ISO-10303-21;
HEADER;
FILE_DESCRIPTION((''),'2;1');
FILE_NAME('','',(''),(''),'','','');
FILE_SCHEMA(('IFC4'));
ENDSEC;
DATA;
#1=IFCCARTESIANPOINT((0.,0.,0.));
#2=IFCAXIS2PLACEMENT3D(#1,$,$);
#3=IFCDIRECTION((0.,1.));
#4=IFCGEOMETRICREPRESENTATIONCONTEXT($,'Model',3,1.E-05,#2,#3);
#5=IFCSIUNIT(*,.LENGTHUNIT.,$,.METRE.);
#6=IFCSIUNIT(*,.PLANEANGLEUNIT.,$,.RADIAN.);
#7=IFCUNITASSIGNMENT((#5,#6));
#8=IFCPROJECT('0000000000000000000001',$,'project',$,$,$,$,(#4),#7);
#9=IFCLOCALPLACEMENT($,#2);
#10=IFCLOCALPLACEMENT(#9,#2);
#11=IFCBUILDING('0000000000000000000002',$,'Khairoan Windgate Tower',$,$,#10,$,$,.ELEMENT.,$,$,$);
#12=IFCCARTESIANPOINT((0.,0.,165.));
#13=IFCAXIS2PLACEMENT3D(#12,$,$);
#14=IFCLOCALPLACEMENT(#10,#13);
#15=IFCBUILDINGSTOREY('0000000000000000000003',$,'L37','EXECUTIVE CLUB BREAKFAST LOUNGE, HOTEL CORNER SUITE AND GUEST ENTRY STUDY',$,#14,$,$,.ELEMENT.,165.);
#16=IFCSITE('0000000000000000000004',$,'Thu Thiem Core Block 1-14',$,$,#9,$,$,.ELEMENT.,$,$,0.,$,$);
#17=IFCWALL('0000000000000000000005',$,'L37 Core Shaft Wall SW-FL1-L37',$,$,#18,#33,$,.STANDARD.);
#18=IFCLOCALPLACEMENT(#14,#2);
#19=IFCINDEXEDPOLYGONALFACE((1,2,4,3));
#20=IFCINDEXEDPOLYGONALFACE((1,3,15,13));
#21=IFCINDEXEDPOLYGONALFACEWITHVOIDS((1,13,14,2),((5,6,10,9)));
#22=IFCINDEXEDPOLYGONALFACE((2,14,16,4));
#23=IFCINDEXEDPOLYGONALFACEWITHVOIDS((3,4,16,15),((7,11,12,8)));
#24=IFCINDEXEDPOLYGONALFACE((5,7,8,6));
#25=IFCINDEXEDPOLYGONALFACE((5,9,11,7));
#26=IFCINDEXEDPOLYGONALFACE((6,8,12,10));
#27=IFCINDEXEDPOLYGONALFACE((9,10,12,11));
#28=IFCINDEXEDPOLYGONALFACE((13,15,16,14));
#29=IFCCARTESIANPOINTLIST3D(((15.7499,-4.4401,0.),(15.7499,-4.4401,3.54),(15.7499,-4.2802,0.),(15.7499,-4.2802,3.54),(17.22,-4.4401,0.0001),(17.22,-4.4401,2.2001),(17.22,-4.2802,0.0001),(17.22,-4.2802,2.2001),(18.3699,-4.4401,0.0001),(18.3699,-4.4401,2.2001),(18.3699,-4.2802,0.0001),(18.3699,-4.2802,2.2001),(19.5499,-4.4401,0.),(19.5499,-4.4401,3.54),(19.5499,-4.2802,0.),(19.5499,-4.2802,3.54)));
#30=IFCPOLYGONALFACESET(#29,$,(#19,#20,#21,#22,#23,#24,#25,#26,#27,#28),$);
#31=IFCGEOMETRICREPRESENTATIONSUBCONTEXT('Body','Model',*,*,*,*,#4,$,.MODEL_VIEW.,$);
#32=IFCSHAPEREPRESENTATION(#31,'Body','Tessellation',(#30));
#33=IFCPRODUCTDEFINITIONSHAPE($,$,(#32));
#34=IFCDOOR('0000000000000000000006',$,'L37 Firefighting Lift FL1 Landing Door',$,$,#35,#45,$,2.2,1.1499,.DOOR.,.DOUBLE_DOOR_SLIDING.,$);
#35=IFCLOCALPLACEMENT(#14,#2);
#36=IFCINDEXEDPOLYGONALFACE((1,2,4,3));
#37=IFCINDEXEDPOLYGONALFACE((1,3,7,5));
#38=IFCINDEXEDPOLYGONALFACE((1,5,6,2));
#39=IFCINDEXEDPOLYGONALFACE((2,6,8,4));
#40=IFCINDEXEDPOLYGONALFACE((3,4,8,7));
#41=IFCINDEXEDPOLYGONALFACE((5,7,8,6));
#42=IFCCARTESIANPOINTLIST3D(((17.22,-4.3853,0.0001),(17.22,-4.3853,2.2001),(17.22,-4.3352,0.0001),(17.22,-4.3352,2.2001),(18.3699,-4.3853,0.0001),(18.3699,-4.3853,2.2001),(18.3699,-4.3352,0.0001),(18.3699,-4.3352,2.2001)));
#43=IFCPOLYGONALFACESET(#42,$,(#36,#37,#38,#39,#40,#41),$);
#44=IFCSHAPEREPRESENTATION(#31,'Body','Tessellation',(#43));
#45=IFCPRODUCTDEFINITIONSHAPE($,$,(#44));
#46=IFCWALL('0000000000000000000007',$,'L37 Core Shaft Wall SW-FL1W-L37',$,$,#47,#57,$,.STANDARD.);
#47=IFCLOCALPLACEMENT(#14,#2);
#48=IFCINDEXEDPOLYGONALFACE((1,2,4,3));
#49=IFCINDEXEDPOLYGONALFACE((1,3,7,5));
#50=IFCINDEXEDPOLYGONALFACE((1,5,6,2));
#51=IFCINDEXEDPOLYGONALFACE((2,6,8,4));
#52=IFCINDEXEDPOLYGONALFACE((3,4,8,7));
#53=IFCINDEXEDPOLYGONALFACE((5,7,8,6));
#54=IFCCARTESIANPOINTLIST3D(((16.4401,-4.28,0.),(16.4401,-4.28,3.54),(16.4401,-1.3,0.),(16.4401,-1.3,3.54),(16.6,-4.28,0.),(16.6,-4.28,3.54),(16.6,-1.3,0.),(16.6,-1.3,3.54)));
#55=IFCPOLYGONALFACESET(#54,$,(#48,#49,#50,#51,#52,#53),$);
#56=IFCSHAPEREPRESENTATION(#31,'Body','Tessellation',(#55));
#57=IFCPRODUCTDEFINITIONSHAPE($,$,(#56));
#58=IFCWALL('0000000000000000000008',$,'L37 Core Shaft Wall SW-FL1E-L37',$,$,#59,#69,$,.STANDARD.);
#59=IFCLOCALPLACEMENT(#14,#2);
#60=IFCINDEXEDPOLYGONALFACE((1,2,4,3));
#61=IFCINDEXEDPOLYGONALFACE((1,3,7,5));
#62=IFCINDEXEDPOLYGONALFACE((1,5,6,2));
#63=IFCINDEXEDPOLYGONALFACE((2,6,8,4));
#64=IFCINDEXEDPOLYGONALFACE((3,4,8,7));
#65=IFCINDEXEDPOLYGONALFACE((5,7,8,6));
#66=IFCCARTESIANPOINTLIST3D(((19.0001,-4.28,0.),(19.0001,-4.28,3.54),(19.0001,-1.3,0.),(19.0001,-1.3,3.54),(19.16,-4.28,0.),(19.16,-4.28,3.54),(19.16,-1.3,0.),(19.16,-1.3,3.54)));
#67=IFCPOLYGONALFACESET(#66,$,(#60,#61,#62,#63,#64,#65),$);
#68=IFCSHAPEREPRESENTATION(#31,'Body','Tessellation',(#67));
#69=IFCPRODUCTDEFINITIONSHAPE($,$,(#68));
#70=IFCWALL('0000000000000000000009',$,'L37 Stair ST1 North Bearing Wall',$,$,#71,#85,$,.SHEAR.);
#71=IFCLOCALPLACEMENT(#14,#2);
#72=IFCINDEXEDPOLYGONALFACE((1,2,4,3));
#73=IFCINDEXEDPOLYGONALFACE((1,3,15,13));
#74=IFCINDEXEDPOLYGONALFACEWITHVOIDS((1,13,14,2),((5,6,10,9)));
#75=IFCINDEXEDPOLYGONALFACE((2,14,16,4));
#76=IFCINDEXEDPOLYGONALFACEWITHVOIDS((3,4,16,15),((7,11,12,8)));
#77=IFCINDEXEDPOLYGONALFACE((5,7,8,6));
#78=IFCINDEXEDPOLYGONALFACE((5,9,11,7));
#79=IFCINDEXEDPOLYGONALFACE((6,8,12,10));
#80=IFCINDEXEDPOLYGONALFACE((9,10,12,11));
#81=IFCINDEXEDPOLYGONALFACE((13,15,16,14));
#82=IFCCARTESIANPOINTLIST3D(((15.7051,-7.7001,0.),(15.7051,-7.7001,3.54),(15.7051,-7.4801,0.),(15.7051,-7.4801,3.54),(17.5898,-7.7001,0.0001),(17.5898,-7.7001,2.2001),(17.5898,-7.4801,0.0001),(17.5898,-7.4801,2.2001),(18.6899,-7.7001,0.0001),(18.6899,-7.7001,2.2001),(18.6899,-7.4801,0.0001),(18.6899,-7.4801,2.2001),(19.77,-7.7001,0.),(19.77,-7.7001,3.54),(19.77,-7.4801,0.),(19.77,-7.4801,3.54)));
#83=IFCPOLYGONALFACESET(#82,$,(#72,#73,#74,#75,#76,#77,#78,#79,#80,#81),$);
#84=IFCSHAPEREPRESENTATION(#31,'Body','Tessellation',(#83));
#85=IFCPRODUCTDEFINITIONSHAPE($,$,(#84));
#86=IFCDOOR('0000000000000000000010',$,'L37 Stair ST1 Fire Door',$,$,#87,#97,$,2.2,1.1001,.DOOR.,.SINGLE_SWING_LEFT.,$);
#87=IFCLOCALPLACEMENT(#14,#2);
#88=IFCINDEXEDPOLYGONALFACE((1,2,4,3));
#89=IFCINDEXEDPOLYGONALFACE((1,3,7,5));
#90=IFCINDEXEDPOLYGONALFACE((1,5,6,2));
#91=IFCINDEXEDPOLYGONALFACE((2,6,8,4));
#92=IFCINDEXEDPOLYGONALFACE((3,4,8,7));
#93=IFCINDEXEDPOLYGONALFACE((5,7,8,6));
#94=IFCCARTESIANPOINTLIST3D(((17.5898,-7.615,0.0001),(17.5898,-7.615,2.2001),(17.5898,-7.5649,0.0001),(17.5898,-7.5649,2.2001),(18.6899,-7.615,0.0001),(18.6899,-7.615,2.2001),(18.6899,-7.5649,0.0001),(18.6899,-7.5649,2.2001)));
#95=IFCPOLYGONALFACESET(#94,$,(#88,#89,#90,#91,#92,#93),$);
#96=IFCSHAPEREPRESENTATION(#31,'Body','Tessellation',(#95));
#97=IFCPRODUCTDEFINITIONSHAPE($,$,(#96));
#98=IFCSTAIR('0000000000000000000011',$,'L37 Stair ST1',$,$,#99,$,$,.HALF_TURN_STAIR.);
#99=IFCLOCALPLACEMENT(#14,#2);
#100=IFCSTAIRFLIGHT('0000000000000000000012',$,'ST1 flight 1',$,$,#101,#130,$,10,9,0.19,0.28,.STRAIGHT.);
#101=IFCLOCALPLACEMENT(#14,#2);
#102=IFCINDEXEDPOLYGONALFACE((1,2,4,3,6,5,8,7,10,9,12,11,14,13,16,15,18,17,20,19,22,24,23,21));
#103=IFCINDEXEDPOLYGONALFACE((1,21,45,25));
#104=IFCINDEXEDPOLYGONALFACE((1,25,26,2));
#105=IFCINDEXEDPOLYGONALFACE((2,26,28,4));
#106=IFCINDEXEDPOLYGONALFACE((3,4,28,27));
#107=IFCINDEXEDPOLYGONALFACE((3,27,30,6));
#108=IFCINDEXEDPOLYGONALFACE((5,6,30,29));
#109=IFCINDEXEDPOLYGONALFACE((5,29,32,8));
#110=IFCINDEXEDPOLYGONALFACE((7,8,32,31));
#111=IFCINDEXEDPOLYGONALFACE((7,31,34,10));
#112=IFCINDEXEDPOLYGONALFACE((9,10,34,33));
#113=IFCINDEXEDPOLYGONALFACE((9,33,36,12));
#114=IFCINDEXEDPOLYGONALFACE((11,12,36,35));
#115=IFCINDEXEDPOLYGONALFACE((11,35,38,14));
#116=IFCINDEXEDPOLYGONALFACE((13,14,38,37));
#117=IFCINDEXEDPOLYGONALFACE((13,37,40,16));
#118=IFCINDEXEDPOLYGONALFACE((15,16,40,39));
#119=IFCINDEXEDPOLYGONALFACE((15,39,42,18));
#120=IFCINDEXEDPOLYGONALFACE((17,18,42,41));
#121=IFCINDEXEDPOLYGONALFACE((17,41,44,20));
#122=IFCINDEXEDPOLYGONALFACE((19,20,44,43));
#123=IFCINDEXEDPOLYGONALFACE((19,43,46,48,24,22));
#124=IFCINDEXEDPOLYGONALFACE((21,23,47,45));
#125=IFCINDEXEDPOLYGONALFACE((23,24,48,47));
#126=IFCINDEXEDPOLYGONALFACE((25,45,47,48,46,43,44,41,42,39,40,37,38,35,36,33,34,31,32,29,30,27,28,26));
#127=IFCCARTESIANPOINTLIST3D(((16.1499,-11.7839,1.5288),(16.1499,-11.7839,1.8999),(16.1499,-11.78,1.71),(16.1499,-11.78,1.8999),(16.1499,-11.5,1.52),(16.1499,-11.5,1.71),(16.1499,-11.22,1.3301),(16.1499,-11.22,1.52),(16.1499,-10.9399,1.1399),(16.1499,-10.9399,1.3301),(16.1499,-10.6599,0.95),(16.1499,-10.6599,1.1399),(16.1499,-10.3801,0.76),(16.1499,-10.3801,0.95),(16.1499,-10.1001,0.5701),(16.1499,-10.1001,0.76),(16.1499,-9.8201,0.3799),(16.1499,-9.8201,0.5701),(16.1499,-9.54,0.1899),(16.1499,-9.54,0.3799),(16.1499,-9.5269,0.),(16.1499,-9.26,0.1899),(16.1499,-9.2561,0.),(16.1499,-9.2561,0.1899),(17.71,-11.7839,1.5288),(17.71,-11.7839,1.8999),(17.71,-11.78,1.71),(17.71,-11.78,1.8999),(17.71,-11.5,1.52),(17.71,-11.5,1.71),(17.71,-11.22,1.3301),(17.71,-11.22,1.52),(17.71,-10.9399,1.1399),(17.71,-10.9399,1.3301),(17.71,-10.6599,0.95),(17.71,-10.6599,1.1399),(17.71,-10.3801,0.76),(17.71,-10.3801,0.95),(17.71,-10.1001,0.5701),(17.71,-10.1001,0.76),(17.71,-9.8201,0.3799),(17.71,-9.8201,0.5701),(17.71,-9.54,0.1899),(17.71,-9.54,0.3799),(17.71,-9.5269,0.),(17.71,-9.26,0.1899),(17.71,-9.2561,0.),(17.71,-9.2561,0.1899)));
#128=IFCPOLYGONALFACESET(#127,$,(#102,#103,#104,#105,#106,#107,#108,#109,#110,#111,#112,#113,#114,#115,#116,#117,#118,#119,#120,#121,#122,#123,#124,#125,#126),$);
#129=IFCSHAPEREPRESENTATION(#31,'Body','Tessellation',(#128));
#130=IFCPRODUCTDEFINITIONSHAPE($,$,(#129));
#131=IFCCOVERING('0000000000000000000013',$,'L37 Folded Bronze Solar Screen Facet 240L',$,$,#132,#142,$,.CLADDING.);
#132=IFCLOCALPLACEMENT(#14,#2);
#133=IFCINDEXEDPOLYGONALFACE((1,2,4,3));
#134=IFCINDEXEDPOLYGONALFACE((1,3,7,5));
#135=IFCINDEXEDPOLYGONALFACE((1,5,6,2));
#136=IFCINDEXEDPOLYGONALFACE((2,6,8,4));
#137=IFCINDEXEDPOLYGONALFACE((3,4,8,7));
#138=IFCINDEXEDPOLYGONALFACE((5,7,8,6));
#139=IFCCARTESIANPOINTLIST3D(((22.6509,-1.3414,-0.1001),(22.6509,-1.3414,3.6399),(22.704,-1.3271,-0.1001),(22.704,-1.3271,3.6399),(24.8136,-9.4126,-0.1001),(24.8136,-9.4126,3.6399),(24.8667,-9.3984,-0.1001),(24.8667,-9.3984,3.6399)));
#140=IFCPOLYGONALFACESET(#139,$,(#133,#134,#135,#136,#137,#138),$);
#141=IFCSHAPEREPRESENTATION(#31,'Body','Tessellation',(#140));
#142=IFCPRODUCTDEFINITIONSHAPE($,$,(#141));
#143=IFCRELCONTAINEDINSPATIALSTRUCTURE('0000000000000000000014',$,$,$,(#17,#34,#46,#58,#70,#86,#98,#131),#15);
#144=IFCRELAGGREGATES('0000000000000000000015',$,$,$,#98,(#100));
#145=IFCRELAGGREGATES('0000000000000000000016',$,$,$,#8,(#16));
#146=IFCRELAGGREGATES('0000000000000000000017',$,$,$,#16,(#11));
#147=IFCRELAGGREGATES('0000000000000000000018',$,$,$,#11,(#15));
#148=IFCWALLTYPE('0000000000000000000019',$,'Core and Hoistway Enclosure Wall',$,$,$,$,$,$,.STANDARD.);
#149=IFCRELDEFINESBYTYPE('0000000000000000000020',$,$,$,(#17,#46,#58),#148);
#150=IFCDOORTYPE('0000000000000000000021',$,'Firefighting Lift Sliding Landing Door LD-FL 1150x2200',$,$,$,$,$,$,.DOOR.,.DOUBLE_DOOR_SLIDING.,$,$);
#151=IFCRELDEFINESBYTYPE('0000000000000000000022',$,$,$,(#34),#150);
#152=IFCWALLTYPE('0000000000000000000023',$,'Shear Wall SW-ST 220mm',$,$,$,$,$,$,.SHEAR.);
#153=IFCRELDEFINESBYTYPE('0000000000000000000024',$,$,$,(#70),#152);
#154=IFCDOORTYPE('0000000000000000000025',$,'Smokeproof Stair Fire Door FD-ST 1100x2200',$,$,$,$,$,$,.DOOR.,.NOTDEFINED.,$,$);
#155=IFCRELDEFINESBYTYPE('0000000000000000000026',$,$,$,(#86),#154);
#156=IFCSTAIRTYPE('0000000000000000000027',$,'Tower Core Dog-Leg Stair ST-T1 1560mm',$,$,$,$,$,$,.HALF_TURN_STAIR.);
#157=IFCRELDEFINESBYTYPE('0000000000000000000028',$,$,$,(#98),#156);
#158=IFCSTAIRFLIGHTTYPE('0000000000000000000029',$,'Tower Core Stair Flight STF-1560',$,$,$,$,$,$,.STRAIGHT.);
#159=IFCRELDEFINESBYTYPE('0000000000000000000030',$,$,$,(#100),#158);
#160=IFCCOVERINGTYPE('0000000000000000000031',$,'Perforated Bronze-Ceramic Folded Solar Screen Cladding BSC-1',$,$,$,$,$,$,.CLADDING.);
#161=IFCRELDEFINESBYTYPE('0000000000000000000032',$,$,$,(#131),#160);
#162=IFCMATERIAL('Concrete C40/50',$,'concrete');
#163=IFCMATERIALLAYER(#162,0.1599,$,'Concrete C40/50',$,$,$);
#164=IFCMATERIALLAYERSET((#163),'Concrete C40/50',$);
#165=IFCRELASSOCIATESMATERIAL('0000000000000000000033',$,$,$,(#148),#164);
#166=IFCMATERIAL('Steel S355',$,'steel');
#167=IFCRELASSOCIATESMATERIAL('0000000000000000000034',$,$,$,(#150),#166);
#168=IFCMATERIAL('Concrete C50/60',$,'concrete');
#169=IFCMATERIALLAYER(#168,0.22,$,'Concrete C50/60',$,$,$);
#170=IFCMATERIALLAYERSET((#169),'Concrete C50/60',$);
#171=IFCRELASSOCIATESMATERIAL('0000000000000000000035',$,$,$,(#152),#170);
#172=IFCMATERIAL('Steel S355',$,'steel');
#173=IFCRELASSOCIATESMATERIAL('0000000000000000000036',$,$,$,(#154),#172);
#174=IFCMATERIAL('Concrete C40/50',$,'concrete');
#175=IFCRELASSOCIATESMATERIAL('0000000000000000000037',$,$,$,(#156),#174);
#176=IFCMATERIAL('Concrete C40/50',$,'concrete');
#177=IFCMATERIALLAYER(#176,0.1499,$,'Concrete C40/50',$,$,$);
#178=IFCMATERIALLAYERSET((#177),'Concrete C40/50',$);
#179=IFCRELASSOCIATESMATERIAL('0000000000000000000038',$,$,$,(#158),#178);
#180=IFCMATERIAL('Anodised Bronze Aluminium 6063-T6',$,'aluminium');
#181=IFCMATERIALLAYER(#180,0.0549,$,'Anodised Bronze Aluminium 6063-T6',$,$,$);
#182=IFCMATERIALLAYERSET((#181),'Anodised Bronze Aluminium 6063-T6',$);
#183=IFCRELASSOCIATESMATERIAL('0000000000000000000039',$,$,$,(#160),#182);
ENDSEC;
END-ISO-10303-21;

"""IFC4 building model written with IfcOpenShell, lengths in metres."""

from ifc_helpers import new_model, si_unit, direction, frame, frame_2d, origin, origin_2d, place, context, subcontext, project, spatial, polyline, rectangle, outline, extrude, material, layer, layer_set, type_object, element, fill, aggregate, save


model = new_model("IFC4")

# Units and contexts
model_context = context("Model", 3, precision=1e-05, world=origin(), true_north=direction((0.0, 1.0)))
body_context = subcontext(model_context, "Body", "Model", "MODEL_VIEW")
ifc_project = project(units=[si_unit("LENGTHUNIT", "METRE"), si_unit("PLANEANGLEUNIT", "RADIAN")], contexts=[model_context])

# Site, building, storey
site_placement = place(None, origin())
site = spatial("IfcSite", under=ifc_project, at=site_placement, Name="Thu Thiem Core Block 1-14", CompositionType="ELEMENT", RefElevation=0.0)
building_placement = place(site_placement, origin())
building = spatial("IfcBuilding", under=site, at=building_placement, Name="Khairoan Windgate Tower", CompositionType="ELEMENT")
storey_placement = place(building_placement, frame((0.0, 0.0, 165.0)))
storey = spatial("IfcBuildingStorey", under=building, at=storey_placement, Name="L37", Description="EXECUTIVE CLUB BREAKFAST LOUNGE, HOTEL CORNER SUITE AND GUEST ENTRY STUDY", CompositionType="ELEMENT", Elevation=165.0)

# Shared definitions
ifc_material_1 = material(Name="Concrete C40/50", Category="concrete")
ifc_layer_1 = layer(ifc_material_1, 0.1599, Name="Concrete C40/50")
ifc_layer_set_1 = layer_set([ifc_layer_1], Name="Concrete C40/50")
wall_type_1 = type_object("IfcWallType", Name="Core and Hoistway Enclosure Wall", PredefinedType="STANDARD", material=ifc_layer_set_1)

# Wall, opening, door
wall_1_placement = place(storey_placement, frame((15.75, -4.3601, 0.0), z_axis=(0.0, 0.0, 1.0), x_axis=(1.0, 0.0, 0.0)))
wall_1 = element("IfcWall", 1, at=wall_1_placement, inside=storey, type_object=wall_type_1, Name="L37 Core Shaft Wall SW-FL1-L37", PredefinedType="STANDARD", context=body_context, shape_type="SweptSolid", body=[
    extrude(rectangle(XDim=3.8, YDim=0.1599, at=frame_2d((1.8999, 0.0))), origin(), (0.0, 0.0, 1.0), 3.54),
])
opening_1_placement = place(wall_1_placement, frame((1.47, 0.0, 0.0)))
opening_1 = element("IfcOpeningElement", 2, at=opening_1_placement, cuts=wall_1, PredefinedType="OPENING", context=body_context, shape_type="SweptSolid", body=[
    extrude(rectangle(XDim=1.1499, YDim=2.2, at=frame_2d((0.575, 1.1001))), frame((0.0, 0.0898, 0.0), z_axis=(0.0, -1.0, 0.0), x_axis=(1.0, 0.0, 0.0)), (0.0, 0.0, 1.0), 0.1799),
])
ifc_material_2 = material(Name="Steel S355", Category="steel")
door_type_1 = type_object("IfcDoorType", Name="Firefighting Lift Sliding Landing Door LD-FL 1150x2200", OperationType="DOUBLE_DOOR_SLIDING", PredefinedType="DOOR", material=ifc_material_2)
door_1_placement = place(opening_1_placement, origin())
door_1 = element("IfcDoor", 3, at=door_1_placement, inside=storey, type_object=door_type_1, Name="L37 Firefighting Lift FL1 Landing Door", OperationType="DOUBLE_DOOR_SLIDING", OverallHeight=2.2, OverallWidth=1.1499, PredefinedType="DOOR", context=body_context, shape_type="SweptSolid", body=[
    extrude(rectangle(XDim=1.1499, YDim=2.2, at=frame_2d((0.575, 1.1001))), frame((0.0, 0.0249, 0.0), z_axis=(0.0, -1.0, 0.0), x_axis=(1.0, 0.0, 0.0)), (0.0, 0.0, 1.0), 0.05),
])
fill(opening_1, door_1)

# Walls
for number, where, z_axis, x_axis, name in (
    (4, (16.52, -4.28, 0.0), (0.0, 0.0, 1.0), (0.0, 1.0, 0.0), "L37 Core Shaft Wall SW-FL1W-L37"),
    (5, (19.0801, -4.28, 0.0), (0.0, 0.0, 1.0), (0.0, 1.0, 0.0), "L37 Core Shaft Wall SW-FL1E-L37"),
):
    element("IfcWall", number, at=place(storey_placement, frame(where, z_axis=z_axis, x_axis=x_axis)), inside=storey, type_object=wall_type_1, Name=name, PredefinedType="STANDARD", context=body_context, shape_type="SweptSolid", body=[
        extrude(rectangle(XDim=2.98, YDim=0.1599, at=frame_2d((1.49, 0.0))), origin(), (0.0, 0.0, 1.0), 3.54),
    ])

# Wall, opening, door
ifc_material_3 = material(Name="Concrete C50/60", Category="concrete")
ifc_layer_2 = layer(ifc_material_3, 0.22, Name="Concrete C50/60")
ifc_layer_set_2 = layer_set([ifc_layer_2], Name="Concrete C50/60")
wall_type_2 = type_object("IfcWallType", Name="Shear Wall SW-ST 220mm", PredefinedType="SHEAR", material=ifc_layer_set_2)
wall_2_placement = place(storey_placement, frame((19.77, -7.5901, 0.0), z_axis=(0.0, 0.0, 1.0), x_axis=(-1.0, 0.0, 0.0)))
wall_2 = element("IfcWall", 6, at=wall_2_placement, inside=storey, type_object=wall_type_2, Name="L37 Stair ST1 North Bearing Wall", PredefinedType="SHEAR", context=body_context, shape_type="SweptSolid", body=[
    extrude(rectangle(XDim=4.0649, YDim=0.22, at=frame_2d((2.0325, 0.0))), origin(), (0.0, 0.0, 1.0), 3.54),
])
opening_2_placement = place(wall_2_placement, frame((1.0801, 0.0, 0.0)))
opening_2 = element("IfcOpeningElement", 7, at=opening_2_placement, cuts=wall_2, PredefinedType="OPENING", context=body_context, shape_type="SweptSolid", body=[
    extrude(rectangle(XDim=1.1001, YDim=2.2, at=frame_2d((0.55, 1.1001))), frame((0.0, 0.1199, 0.0), z_axis=(0.0, -1.0, 0.0), x_axis=(1.0, 0.0, 0.0)), (0.0, 0.0, 1.0), 0.24),
])
ifc_material_4 = material(Name="Steel S355", Category="steel")
door_type_2 = type_object("IfcDoorType", Name="Smokeproof Stair Fire Door FD-ST 1100x2200", OperationType="NOTDEFINED", PredefinedType="DOOR", material=ifc_material_4)
door_2_placement = place(opening_2_placement, origin())
door_2 = element("IfcDoor", 8, at=door_2_placement, inside=storey, type_object=door_type_2, Name="L37 Stair ST1 Fire Door", OperationType="SINGLE_SWING_LEFT", OverallHeight=2.2, OverallWidth=1.1001, PredefinedType="DOOR", context=body_context, shape_type="SweptSolid", body=[
    extrude(rectangle(XDim=1.1001, YDim=2.2, at=frame_2d((0.55, 1.1001))), frame((0.0, 0.0249, 0.0), z_axis=(0.0, -1.0, 0.0), x_axis=(1.0, 0.0, 0.0)), (0.0, 0.0, 1.0), 0.05),
])
fill(opening_2, door_2)

# Stair, stair flight
ifc_material_5 = material(Name="Concrete C40/50", Category="concrete")
stair_type = type_object("IfcStairType", Name="Tower Core Dog-Leg Stair ST-T1 1560mm", PredefinedType="HALF_TURN_STAIR", material=ifc_material_5)
stair_placement = place(storey_placement, origin())
stair = element("IfcStair", 9, at=stair_placement, inside=storey, type_object=stair_type, Name="L37 Stair ST1", PredefinedType="HALF_TURN_STAIR")
ifc_material_6 = material(Name="Concrete C40/50", Category="concrete")
ifc_layer_3 = layer(ifc_material_6, 0.1499, Name="Concrete C40/50")
ifc_layer_set_3 = layer_set([ifc_layer_3], Name="Concrete C40/50")
stair_flight_type = type_object("IfcStairFlightType", Name="Tower Core Stair Flight STF-1560", PredefinedType="STRAIGHT", material=ifc_layer_set_3)
stair_flight_placement = place(storey_placement, frame((16.9299, -9.26, 0.0), z_axis=(0.0, 0.0, 1.0), x_axis=(0.0, -1.0, 0.0)))
stair_flight = element("IfcStairFlight", 10, at=stair_flight_placement, type_object=stair_flight_type, Name="ST1 flight 1", NumberOfRisers=10, NumberOfTreads=9, PredefinedType="STRAIGHT", RiserHeight=0.19, TreadLength=0.28, context=body_context, shape_type="SweptSolid", body=[
    extrude(outline(polyline([(-0.0039, 0.0), (-0.0039, 0.1899), (0.0, 0.1899), (0.28, 0.1899), (0.28, 0.3799), (0.5601, 0.3799), (0.5601, 0.5701), (0.8401, 0.5701), (0.8401, 0.76), (1.1201, 0.76), (1.1201, 0.95), (1.3999, 0.95), (1.3999, 1.1399), (1.6799, 1.1399), (1.6799, 1.3301), (1.96, 1.3301), (1.96, 1.52), (2.24, 1.52), (2.24, 1.71), (2.52, 1.71), (2.52, 1.8999), (2.5239, 1.8999), (2.5239, 1.5288), (0.2668, 0.0), (-0.0039, 0.0)])), frame((0.0, 0.78, 0.0), z_axis=(0.0, -1.0, 0.0), x_axis=(1.0, 0.0, 0.0)), (0.0, 0.0, 1.0), 1.5601),
])
aggregate(stair, [stair_flight])

# Covering
ifc_material_7 = material(Name="Anodised Bronze Aluminium 6063-T6", Category="aluminium")
ifc_layer_4 = layer(ifc_material_7, 0.0549, Name="Anodised Bronze Aluminium 6063-T6")
ifc_layer_set_4 = layer_set([ifc_layer_4], Name="Anodised Bronze Aluminium 6063-T6")
covering_type = type_object("IfcCoveringType", Name="Perforated Bronze-Ceramic Folded Solar Screen Cladding BSC-1", PredefinedType="CLADDING", material=ifc_layer_set_4)
covering_placement = place(storey_placement, frame((23.7588, -5.3699, -0.1001), z_axis=(0.0, 0.0, 1.0), x_axis=(0.258819, -0.965926, 0.0)))
element("IfcCovering", 11, at=covering_placement, inside=storey, type_object=covering_type, Name="L37 Folded Bronze Solar Screen Facet 240L", PredefinedType="CLADDING", context=body_context, shape_type="SweptSolid", body=[
    extrude(rectangle(XDim=8.356, YDim=0.0549, at=origin_2d()), origin(), (0.0, 0.0, 1.0), 3.74),
])

save(model, "model.ifc")
